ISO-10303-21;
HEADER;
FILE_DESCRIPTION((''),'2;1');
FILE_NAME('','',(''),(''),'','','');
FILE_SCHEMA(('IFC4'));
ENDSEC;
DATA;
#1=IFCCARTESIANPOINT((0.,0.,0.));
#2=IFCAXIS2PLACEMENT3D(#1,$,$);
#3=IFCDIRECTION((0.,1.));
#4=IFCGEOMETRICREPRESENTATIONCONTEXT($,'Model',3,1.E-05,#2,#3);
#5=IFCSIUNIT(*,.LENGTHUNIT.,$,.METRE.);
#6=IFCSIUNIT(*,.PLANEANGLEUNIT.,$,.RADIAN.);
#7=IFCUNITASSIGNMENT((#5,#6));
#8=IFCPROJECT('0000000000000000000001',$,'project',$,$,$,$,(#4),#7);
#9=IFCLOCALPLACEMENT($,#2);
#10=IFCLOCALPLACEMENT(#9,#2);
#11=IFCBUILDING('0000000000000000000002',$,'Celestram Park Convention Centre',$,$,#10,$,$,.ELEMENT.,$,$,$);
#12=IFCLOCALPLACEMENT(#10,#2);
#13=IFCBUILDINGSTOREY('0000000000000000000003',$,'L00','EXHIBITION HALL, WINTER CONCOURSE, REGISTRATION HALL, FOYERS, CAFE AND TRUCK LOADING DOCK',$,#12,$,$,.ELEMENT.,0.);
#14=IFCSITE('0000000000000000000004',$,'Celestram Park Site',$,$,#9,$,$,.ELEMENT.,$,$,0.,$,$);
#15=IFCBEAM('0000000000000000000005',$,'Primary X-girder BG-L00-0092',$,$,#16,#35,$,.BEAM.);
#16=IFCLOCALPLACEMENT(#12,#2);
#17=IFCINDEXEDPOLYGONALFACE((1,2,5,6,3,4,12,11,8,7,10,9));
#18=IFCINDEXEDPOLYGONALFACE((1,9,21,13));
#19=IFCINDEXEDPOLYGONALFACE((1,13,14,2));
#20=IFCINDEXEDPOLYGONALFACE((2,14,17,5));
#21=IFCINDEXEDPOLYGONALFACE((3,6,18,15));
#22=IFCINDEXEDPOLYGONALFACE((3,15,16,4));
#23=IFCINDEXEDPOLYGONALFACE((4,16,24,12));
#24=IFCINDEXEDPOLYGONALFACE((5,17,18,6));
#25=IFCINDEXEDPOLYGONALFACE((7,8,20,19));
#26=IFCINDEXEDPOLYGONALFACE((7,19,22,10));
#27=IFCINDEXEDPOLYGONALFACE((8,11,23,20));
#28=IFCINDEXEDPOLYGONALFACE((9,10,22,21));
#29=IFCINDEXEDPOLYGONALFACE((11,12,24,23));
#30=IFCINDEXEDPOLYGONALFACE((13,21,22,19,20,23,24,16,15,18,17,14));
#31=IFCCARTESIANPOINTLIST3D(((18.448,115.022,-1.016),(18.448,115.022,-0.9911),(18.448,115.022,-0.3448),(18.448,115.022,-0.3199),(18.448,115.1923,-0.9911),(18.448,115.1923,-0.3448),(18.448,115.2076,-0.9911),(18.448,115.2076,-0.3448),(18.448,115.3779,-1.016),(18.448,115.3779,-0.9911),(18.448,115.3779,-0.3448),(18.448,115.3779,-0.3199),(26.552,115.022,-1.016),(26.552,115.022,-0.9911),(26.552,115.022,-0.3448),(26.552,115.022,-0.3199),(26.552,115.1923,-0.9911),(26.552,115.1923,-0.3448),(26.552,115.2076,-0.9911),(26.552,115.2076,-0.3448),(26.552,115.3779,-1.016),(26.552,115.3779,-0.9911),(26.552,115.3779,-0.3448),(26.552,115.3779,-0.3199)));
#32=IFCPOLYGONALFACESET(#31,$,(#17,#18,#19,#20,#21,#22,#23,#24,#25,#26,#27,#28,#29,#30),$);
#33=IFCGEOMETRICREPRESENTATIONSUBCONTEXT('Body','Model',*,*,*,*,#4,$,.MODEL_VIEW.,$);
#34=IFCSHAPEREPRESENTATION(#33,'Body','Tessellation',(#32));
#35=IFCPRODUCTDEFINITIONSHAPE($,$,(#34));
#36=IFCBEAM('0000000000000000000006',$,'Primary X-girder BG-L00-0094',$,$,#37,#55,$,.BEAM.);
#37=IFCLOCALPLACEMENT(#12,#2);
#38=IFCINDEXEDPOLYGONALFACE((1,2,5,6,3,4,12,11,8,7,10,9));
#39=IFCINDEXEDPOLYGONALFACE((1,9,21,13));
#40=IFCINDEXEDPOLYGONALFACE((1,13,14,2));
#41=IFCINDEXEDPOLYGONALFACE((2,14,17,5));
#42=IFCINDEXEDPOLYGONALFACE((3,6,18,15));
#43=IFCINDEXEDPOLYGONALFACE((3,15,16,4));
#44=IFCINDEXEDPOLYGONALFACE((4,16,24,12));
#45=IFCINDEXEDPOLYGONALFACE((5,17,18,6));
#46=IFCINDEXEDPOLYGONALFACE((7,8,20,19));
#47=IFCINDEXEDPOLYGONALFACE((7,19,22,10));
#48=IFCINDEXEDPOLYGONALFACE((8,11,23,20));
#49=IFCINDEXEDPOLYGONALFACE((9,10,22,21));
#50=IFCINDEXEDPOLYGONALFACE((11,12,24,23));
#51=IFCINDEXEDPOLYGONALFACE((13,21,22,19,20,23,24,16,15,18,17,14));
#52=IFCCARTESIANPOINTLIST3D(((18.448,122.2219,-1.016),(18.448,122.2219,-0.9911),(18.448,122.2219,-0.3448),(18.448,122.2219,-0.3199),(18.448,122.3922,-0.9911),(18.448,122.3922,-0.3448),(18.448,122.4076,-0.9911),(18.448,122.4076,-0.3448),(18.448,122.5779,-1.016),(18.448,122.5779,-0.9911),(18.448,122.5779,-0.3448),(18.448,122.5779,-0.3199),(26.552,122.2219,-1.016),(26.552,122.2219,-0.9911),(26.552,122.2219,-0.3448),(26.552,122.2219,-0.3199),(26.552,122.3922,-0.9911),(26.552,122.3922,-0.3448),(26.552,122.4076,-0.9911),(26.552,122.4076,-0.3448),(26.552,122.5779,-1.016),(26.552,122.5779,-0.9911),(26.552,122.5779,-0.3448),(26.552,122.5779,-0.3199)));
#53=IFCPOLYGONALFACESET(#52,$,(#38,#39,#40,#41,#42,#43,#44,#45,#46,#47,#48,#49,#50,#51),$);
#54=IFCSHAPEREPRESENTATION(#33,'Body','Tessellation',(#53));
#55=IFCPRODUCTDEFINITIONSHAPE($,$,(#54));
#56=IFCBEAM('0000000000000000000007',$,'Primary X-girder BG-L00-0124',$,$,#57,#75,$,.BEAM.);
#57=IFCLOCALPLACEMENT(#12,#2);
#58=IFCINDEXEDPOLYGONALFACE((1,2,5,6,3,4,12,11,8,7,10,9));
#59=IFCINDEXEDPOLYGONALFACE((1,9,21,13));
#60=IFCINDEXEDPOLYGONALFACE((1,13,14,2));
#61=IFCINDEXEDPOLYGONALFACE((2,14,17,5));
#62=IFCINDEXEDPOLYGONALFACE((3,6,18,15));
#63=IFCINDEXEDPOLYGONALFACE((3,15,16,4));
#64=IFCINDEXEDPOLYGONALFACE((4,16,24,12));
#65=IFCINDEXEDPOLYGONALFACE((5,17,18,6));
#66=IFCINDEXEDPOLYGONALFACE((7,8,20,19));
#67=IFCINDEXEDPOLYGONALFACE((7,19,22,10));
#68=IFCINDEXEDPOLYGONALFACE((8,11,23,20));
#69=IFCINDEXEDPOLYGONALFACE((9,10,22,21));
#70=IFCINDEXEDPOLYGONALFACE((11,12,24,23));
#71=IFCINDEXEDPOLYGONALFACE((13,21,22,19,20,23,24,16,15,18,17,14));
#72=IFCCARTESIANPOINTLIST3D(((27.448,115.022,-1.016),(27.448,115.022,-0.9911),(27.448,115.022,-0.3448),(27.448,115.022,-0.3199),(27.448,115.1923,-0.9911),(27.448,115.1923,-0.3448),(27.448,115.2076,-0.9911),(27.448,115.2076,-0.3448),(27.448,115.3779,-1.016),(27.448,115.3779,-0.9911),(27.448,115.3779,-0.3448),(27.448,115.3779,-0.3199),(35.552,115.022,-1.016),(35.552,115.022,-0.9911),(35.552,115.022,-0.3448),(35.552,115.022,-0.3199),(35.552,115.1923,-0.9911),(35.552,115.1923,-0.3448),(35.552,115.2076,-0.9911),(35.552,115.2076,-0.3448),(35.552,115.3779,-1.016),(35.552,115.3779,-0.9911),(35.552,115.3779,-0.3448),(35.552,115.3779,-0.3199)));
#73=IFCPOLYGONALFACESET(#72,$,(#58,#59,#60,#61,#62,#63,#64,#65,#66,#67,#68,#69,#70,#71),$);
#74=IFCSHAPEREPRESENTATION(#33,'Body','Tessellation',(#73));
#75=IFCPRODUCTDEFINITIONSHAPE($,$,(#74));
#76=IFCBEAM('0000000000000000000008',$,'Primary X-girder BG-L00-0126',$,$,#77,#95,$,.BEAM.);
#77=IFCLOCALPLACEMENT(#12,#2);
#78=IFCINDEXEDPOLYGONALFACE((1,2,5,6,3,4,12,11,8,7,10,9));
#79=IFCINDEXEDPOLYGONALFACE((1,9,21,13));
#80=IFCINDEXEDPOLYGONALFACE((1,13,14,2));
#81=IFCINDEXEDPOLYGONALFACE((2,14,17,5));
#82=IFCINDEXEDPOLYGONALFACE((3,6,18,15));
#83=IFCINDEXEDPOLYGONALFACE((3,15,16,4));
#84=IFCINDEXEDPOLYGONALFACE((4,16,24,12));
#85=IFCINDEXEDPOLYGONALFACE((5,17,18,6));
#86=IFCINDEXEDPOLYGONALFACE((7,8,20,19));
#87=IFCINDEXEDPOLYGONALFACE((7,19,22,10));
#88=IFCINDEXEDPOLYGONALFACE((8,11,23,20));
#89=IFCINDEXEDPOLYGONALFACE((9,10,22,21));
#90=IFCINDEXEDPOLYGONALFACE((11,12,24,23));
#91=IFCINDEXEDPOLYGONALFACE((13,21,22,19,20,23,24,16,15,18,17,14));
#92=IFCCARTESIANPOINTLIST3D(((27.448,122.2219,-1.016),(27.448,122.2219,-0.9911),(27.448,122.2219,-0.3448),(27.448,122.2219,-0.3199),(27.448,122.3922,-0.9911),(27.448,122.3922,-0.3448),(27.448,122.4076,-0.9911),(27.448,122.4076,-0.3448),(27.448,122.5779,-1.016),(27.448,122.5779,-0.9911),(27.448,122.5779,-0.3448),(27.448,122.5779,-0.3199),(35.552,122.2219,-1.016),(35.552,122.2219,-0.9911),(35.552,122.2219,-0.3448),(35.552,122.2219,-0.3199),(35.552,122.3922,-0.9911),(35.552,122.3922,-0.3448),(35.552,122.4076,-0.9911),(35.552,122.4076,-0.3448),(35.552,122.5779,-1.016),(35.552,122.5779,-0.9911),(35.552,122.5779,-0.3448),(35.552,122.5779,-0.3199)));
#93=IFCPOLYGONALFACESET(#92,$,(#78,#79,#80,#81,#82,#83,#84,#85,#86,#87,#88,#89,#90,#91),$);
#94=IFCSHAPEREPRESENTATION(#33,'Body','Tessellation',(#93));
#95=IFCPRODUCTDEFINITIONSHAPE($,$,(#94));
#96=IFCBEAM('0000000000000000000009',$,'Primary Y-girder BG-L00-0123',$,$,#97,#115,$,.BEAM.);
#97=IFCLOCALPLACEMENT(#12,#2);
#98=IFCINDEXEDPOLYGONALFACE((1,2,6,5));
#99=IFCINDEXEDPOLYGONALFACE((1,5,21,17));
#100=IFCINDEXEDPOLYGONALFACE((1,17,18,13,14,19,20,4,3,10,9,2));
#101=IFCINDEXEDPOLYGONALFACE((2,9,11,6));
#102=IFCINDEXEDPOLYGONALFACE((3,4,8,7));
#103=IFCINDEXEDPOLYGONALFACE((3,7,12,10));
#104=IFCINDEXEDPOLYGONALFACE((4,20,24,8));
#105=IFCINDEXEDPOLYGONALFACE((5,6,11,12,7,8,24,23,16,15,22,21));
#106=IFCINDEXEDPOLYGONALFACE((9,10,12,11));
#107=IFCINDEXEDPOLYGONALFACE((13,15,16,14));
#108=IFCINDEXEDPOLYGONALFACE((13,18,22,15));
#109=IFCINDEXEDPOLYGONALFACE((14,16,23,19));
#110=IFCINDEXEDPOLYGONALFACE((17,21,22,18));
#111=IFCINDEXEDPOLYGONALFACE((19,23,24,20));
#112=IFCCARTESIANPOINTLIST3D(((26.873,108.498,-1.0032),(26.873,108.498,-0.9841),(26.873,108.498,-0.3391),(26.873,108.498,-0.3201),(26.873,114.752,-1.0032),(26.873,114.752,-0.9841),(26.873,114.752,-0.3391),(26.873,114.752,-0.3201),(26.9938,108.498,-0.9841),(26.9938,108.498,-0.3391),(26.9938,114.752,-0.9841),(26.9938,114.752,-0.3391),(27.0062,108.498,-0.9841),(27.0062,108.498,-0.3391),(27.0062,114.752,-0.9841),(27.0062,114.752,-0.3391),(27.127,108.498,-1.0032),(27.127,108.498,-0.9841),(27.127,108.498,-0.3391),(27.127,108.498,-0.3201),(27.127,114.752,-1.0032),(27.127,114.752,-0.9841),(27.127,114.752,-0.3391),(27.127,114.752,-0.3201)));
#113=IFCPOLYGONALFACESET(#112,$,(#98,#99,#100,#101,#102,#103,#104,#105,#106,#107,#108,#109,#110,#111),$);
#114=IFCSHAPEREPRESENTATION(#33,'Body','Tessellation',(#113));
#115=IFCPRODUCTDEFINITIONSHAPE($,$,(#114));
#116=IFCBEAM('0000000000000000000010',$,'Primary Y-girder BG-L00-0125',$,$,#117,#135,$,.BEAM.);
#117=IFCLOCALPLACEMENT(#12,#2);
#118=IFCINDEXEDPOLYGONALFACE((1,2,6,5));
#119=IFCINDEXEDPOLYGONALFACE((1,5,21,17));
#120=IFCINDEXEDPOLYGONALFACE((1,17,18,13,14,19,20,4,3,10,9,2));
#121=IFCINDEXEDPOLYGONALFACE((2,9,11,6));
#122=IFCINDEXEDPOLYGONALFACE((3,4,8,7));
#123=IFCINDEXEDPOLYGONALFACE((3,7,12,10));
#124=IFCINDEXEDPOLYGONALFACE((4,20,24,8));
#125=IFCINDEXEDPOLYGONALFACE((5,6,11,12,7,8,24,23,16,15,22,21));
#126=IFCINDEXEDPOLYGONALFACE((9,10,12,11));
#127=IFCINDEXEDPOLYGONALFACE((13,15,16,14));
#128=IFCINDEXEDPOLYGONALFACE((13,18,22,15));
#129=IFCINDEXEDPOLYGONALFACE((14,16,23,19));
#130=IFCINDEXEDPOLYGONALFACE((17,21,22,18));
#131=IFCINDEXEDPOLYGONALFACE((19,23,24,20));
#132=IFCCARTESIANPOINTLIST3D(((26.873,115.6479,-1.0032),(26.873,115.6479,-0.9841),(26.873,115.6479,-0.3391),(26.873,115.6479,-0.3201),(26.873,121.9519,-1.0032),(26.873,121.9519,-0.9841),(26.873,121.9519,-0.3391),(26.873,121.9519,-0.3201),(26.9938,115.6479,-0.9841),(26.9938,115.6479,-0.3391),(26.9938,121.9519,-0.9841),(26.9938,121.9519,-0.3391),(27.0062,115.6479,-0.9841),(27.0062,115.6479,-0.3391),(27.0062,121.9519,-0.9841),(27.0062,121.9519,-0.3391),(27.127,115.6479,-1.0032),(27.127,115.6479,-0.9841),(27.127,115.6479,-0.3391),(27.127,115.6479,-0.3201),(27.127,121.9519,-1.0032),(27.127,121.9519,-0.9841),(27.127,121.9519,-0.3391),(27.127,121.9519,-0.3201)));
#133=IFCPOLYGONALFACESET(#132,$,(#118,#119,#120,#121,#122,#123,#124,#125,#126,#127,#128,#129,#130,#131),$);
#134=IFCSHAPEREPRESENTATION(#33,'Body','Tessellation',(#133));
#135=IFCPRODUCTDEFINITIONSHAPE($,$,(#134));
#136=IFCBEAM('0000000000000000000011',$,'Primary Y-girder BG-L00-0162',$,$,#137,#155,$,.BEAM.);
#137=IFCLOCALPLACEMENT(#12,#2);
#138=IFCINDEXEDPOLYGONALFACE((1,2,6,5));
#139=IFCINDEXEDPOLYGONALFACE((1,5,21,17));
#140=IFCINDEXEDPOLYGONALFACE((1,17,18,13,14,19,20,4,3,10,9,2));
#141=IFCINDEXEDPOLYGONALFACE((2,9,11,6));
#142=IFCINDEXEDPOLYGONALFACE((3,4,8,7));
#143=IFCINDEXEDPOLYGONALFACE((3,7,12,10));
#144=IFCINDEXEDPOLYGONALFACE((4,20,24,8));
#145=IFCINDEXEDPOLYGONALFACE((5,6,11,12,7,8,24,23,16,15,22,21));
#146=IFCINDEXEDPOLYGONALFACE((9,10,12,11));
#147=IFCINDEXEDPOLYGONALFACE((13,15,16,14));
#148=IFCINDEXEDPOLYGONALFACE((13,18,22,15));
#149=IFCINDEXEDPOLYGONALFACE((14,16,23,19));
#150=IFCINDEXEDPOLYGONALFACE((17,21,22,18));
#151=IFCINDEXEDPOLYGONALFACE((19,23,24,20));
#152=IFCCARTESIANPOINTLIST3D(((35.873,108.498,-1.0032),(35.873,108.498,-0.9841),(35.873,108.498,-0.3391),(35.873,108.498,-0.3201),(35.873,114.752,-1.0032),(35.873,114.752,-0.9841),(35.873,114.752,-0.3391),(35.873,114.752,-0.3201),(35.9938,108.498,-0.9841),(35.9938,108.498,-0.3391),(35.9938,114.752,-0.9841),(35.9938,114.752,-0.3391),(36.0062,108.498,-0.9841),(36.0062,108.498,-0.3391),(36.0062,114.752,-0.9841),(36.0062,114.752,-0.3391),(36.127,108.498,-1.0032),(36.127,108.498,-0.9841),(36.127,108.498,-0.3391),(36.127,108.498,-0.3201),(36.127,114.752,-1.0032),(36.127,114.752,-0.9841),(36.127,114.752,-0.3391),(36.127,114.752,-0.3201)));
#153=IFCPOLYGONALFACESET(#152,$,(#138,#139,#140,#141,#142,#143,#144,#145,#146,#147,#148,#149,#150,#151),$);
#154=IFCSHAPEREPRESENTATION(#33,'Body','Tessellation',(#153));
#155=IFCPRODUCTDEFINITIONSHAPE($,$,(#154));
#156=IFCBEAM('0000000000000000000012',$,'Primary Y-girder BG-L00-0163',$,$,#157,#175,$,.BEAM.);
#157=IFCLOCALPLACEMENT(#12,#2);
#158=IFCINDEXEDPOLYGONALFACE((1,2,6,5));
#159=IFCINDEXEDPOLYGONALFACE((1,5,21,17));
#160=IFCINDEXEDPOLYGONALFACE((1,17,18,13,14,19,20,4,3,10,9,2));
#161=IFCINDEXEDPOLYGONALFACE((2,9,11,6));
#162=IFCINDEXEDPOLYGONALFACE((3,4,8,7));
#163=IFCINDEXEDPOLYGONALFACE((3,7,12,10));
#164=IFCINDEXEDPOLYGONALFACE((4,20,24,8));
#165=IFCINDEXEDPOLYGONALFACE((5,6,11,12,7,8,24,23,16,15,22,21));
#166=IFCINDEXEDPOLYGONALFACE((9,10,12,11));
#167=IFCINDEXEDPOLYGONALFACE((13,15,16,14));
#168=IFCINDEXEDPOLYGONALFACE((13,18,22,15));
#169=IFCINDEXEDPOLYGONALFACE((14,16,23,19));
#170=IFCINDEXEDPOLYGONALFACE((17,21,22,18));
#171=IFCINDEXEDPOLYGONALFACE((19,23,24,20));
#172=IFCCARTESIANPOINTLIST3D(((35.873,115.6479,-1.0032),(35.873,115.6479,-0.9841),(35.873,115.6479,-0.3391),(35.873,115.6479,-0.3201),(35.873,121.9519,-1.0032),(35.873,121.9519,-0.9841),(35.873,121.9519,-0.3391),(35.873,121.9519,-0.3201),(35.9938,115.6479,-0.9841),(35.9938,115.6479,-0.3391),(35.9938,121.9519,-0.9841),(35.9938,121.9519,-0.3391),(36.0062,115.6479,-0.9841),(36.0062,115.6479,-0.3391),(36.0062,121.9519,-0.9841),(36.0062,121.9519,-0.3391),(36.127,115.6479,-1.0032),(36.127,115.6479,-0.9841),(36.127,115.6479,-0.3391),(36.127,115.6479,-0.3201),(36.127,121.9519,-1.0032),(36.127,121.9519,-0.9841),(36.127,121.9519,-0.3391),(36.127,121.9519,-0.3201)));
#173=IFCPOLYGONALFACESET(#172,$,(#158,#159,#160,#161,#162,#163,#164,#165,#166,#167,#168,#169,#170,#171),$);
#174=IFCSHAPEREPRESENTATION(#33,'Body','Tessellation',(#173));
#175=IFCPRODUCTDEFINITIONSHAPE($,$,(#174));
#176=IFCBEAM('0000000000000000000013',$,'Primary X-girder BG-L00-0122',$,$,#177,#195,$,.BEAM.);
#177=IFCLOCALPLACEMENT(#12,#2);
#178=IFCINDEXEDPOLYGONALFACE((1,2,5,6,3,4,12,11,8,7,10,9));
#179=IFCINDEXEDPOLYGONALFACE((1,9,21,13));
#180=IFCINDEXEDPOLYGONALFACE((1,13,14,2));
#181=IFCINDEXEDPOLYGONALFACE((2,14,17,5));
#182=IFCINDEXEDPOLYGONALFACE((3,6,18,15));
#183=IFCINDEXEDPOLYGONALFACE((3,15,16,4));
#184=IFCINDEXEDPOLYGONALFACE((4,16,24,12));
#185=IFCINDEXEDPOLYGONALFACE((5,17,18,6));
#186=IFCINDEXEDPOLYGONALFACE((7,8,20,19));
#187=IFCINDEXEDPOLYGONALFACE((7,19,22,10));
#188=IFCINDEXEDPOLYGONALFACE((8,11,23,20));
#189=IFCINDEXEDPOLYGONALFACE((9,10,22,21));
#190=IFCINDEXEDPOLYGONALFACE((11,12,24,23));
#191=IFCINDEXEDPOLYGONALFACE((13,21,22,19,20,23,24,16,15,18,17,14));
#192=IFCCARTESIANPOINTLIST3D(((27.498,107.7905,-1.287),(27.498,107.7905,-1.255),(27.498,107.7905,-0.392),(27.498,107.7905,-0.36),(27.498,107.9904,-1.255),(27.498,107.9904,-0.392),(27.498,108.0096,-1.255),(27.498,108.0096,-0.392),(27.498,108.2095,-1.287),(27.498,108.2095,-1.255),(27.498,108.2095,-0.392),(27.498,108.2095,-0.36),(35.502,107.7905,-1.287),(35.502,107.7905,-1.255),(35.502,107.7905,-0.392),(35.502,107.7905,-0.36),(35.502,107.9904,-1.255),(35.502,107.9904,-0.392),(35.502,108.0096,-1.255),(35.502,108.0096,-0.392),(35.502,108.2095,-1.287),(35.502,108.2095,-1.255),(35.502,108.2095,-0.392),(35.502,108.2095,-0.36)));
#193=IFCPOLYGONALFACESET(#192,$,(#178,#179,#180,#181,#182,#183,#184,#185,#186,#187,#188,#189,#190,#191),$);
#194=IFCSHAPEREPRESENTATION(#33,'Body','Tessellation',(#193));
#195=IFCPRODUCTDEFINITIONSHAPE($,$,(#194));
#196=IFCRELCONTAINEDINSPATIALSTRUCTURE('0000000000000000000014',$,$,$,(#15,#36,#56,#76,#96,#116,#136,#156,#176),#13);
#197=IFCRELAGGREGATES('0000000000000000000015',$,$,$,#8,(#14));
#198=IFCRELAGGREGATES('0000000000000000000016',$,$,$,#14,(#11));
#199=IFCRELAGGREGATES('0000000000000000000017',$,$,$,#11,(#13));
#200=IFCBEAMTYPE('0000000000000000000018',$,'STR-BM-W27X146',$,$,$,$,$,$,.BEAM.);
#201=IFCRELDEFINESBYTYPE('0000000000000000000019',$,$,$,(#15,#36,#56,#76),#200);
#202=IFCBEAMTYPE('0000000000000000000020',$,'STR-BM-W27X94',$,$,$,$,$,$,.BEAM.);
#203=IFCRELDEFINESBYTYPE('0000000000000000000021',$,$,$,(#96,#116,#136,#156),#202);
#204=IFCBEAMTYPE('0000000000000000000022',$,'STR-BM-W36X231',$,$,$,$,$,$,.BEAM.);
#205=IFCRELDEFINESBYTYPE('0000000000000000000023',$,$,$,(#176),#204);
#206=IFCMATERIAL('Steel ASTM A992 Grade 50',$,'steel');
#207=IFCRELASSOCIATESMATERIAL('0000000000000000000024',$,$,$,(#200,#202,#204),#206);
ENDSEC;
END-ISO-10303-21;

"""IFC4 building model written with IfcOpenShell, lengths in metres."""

from ifc_helpers import new_model, si_unit, direction, frame, origin, origin_2d, place, context, subcontext, project, spatial, i_section, extrude, material, material_profile, profile_set, type_object, element, save


model = new_model("IFC4")

# Units and contexts
model_context = context("Model", 3, precision=1e-05, world=origin(), true_north=direction((0.0, 1.0)))
body_context = subcontext(model_context, "Body", "Model", "MODEL_VIEW")
ifc_project = project(units=[si_unit("LENGTHUNIT", "METRE"), si_unit("PLANEANGLEUNIT", "RADIAN")], contexts=[model_context])

# Site, building, storey
site_placement = place(None, origin())
site = spatial("IfcSite", under=ifc_project, at=site_placement, Name="Celestram Park Site", CompositionType="ELEMENT", RefElevation=0.0)
building_placement = place(site_placement, origin())
building = spatial("IfcBuilding", under=site, at=building_placement, Name="Celestram Park Convention Centre", CompositionType="ELEMENT")
storey_placement = place(building_placement, origin())
storey = spatial("IfcBuildingStorey", under=building, at=storey_placement, Name="L00", Description="EXHIBITION HALL, WINTER CONCOURSE, REGISTRATION HALL, FOYERS, CAFE AND TRUCK LOADING DOCK", CompositionType="ELEMENT", Elevation=0.0)

# Shared definitions
ifc_material_1 = material(Name="Steel ASTM A992 Grade 50", Category="steel")

# Beams
ifc_material_profile_1 = material_profile(ifc_material_1, i_section(OverallWidth=0.356, OverallDepth=0.696, WebThickness=0.0154, FlangeThickness=0.0249, at=origin_2d()), Name="W27X146")
ifc_profile_set_1 = profile_set([ifc_material_profile_1], Name="Steel ASTM A992 Grade 50")
beam_type_1 = type_object("IfcBeamType", Name="STR-BM-W27X146", PredefinedType="BEAM", material=ifc_profile_set_1)
for number, where, z_axis, x_axis, name in (
    (1, (18.448, 115.2, -0.668), (1.0, 0.0, 0.0), (0.0, 1.0, 0.0), "Primary X-girder BG-L00-0092"),
    (2, (18.448, 122.3999, -0.668), (1.0, 0.0, 0.0), (0.0, 1.0, 0.0), "Primary X-girder BG-L00-0094"),
    (3, (27.448, 115.2, -0.668), (1.0, 0.0, 0.0), (0.0, 1.0, 0.0), "Primary X-girder BG-L00-0124"),
    (4, (27.448, 122.3999, -0.668), (1.0, 0.0, 0.0), (0.0, 1.0, 0.0), "Primary X-girder BG-L00-0126"),
):
    element("IfcBeam", number, at=place(storey_placement, frame(where, z_axis=z_axis, x_axis=x_axis)), inside=storey, type_object=beam_type_1, Name=name, PredefinedType="BEAM", context=body_context, shape_type="SweptSolid", body=[
        extrude(i_section(OverallWidth=0.356, OverallDepth=0.696, WebThickness=0.0154, FlangeThickness=0.0249, at=origin_2d()), origin(), (0.0, 0.0, 1.0), 8.104),
    ])
ifc_material_profile_2 = material_profile(ifc_material_1, i_section(OverallWidth=0.2539, OverallDepth=0.6831, WebThickness=0.0125, FlangeThickness=0.019, at=origin_2d()), Name="W27X94")
ifc_profile_set_2 = profile_set([ifc_material_profile_2], Name="Steel ASTM A992 Grade 50")
beam_type_2 = type_object("IfcBeamType", Name="STR-BM-W27X94", PredefinedType="BEAM", material=ifc_profile_set_2)
beam_1_placement = place(storey_placement, frame((27.0, 108.498, -0.6616), z_axis=(0.0, 1.0, 0.0), x_axis=(-1.0, 0.0, 0.0)))
element("IfcBeam", 5, at=beam_1_placement, inside=storey, type_object=beam_type_2, Name="Primary Y-girder BG-L00-0123", PredefinedType="BEAM", context=body_context, shape_type="SweptSolid", body=[
    extrude(i_section(OverallWidth=0.2539, OverallDepth=0.6831, WebThickness=0.0125, FlangeThickness=0.019, at=origin_2d()), origin(), (0.0, 0.0, 1.0), 6.2539),
])
beam_2_placement = place(storey_placement, frame((27.0, 115.6479, -0.6616), z_axis=(0.0, 1.0, 0.0), x_axis=(-1.0, 0.0, 0.0)))
element("IfcBeam", 6, at=beam_2_placement, inside=storey, type_object=beam_type_2, Name="Primary Y-girder BG-L00-0125", PredefinedType="BEAM", context=body_context, shape_type="SweptSolid", body=[
    extrude(i_section(OverallWidth=0.2539, OverallDepth=0.6831, WebThickness=0.0125, FlangeThickness=0.019, at=origin_2d()), origin(), (0.0, 0.0, 1.0), 6.304),
])
beam_3_placement = place(storey_placement, frame((36.0, 108.498, -0.6616), z_axis=(0.0, 1.0, 0.0), x_axis=(-1.0, 0.0, 0.0)))
element("IfcBeam", 7, at=beam_3_placement, inside=storey, type_object=beam_type_2, Name="Primary Y-girder BG-L00-0162", PredefinedType="BEAM", context=body_context, shape_type="SweptSolid", body=[
    extrude(i_section(OverallWidth=0.2539, OverallDepth=0.6831, WebThickness=0.0125, FlangeThickness=0.019, at=origin_2d()), origin(), (0.0, 0.0, 1.0), 6.2539),
])
beam_4_placement = place(storey_placement, frame((36.0, 115.6479, -0.6616), z_axis=(0.0, 1.0, 0.0), x_axis=(-1.0, 0.0, 0.0)))
element("IfcBeam", 8, at=beam_4_placement, inside=storey, type_object=beam_type_2, Name="Primary Y-girder BG-L00-0163", PredefinedType="BEAM", context=body_context, shape_type="SweptSolid", body=[
    extrude(i_section(OverallWidth=0.2539, OverallDepth=0.6831, WebThickness=0.0125, FlangeThickness=0.019, at=origin_2d()), origin(), (0.0, 0.0, 1.0), 6.304),
])
ifc_material_profile_3 = material_profile(ifc_material_1, i_section(OverallWidth=0.4189, OverallDepth=0.927, WebThickness=0.0193, FlangeThickness=0.032, at=origin_2d()), Name="W36X231")
ifc_profile_set_3 = profile_set([ifc_material_profile_3], Name="Steel ASTM A992 Grade 50")
beam_type_3 = type_object("IfcBeamType", Name="STR-BM-W36X231", PredefinedType="BEAM", material=ifc_profile_set_3)
beam_5_placement = place(storey_placement, frame((27.498, 108.0, -0.8235), z_axis=(1.0, 0.0, 0.0), x_axis=(0.0, 1.0, 0.0)))
element("IfcBeam", 9, at=beam_5_placement, inside=storey, type_object=beam_type_3, Name="Primary X-girder BG-L00-0122", PredefinedType="BEAM", context=body_context, shape_type="SweptSolid", body=[
    extrude(i_section(OverallWidth=0.4189, OverallDepth=0.927, WebThickness=0.0193, FlangeThickness=0.032, at=origin_2d()), origin(), (0.0, 0.0, 1.0), 8.0039),
])

save(model, "model.ifc")
